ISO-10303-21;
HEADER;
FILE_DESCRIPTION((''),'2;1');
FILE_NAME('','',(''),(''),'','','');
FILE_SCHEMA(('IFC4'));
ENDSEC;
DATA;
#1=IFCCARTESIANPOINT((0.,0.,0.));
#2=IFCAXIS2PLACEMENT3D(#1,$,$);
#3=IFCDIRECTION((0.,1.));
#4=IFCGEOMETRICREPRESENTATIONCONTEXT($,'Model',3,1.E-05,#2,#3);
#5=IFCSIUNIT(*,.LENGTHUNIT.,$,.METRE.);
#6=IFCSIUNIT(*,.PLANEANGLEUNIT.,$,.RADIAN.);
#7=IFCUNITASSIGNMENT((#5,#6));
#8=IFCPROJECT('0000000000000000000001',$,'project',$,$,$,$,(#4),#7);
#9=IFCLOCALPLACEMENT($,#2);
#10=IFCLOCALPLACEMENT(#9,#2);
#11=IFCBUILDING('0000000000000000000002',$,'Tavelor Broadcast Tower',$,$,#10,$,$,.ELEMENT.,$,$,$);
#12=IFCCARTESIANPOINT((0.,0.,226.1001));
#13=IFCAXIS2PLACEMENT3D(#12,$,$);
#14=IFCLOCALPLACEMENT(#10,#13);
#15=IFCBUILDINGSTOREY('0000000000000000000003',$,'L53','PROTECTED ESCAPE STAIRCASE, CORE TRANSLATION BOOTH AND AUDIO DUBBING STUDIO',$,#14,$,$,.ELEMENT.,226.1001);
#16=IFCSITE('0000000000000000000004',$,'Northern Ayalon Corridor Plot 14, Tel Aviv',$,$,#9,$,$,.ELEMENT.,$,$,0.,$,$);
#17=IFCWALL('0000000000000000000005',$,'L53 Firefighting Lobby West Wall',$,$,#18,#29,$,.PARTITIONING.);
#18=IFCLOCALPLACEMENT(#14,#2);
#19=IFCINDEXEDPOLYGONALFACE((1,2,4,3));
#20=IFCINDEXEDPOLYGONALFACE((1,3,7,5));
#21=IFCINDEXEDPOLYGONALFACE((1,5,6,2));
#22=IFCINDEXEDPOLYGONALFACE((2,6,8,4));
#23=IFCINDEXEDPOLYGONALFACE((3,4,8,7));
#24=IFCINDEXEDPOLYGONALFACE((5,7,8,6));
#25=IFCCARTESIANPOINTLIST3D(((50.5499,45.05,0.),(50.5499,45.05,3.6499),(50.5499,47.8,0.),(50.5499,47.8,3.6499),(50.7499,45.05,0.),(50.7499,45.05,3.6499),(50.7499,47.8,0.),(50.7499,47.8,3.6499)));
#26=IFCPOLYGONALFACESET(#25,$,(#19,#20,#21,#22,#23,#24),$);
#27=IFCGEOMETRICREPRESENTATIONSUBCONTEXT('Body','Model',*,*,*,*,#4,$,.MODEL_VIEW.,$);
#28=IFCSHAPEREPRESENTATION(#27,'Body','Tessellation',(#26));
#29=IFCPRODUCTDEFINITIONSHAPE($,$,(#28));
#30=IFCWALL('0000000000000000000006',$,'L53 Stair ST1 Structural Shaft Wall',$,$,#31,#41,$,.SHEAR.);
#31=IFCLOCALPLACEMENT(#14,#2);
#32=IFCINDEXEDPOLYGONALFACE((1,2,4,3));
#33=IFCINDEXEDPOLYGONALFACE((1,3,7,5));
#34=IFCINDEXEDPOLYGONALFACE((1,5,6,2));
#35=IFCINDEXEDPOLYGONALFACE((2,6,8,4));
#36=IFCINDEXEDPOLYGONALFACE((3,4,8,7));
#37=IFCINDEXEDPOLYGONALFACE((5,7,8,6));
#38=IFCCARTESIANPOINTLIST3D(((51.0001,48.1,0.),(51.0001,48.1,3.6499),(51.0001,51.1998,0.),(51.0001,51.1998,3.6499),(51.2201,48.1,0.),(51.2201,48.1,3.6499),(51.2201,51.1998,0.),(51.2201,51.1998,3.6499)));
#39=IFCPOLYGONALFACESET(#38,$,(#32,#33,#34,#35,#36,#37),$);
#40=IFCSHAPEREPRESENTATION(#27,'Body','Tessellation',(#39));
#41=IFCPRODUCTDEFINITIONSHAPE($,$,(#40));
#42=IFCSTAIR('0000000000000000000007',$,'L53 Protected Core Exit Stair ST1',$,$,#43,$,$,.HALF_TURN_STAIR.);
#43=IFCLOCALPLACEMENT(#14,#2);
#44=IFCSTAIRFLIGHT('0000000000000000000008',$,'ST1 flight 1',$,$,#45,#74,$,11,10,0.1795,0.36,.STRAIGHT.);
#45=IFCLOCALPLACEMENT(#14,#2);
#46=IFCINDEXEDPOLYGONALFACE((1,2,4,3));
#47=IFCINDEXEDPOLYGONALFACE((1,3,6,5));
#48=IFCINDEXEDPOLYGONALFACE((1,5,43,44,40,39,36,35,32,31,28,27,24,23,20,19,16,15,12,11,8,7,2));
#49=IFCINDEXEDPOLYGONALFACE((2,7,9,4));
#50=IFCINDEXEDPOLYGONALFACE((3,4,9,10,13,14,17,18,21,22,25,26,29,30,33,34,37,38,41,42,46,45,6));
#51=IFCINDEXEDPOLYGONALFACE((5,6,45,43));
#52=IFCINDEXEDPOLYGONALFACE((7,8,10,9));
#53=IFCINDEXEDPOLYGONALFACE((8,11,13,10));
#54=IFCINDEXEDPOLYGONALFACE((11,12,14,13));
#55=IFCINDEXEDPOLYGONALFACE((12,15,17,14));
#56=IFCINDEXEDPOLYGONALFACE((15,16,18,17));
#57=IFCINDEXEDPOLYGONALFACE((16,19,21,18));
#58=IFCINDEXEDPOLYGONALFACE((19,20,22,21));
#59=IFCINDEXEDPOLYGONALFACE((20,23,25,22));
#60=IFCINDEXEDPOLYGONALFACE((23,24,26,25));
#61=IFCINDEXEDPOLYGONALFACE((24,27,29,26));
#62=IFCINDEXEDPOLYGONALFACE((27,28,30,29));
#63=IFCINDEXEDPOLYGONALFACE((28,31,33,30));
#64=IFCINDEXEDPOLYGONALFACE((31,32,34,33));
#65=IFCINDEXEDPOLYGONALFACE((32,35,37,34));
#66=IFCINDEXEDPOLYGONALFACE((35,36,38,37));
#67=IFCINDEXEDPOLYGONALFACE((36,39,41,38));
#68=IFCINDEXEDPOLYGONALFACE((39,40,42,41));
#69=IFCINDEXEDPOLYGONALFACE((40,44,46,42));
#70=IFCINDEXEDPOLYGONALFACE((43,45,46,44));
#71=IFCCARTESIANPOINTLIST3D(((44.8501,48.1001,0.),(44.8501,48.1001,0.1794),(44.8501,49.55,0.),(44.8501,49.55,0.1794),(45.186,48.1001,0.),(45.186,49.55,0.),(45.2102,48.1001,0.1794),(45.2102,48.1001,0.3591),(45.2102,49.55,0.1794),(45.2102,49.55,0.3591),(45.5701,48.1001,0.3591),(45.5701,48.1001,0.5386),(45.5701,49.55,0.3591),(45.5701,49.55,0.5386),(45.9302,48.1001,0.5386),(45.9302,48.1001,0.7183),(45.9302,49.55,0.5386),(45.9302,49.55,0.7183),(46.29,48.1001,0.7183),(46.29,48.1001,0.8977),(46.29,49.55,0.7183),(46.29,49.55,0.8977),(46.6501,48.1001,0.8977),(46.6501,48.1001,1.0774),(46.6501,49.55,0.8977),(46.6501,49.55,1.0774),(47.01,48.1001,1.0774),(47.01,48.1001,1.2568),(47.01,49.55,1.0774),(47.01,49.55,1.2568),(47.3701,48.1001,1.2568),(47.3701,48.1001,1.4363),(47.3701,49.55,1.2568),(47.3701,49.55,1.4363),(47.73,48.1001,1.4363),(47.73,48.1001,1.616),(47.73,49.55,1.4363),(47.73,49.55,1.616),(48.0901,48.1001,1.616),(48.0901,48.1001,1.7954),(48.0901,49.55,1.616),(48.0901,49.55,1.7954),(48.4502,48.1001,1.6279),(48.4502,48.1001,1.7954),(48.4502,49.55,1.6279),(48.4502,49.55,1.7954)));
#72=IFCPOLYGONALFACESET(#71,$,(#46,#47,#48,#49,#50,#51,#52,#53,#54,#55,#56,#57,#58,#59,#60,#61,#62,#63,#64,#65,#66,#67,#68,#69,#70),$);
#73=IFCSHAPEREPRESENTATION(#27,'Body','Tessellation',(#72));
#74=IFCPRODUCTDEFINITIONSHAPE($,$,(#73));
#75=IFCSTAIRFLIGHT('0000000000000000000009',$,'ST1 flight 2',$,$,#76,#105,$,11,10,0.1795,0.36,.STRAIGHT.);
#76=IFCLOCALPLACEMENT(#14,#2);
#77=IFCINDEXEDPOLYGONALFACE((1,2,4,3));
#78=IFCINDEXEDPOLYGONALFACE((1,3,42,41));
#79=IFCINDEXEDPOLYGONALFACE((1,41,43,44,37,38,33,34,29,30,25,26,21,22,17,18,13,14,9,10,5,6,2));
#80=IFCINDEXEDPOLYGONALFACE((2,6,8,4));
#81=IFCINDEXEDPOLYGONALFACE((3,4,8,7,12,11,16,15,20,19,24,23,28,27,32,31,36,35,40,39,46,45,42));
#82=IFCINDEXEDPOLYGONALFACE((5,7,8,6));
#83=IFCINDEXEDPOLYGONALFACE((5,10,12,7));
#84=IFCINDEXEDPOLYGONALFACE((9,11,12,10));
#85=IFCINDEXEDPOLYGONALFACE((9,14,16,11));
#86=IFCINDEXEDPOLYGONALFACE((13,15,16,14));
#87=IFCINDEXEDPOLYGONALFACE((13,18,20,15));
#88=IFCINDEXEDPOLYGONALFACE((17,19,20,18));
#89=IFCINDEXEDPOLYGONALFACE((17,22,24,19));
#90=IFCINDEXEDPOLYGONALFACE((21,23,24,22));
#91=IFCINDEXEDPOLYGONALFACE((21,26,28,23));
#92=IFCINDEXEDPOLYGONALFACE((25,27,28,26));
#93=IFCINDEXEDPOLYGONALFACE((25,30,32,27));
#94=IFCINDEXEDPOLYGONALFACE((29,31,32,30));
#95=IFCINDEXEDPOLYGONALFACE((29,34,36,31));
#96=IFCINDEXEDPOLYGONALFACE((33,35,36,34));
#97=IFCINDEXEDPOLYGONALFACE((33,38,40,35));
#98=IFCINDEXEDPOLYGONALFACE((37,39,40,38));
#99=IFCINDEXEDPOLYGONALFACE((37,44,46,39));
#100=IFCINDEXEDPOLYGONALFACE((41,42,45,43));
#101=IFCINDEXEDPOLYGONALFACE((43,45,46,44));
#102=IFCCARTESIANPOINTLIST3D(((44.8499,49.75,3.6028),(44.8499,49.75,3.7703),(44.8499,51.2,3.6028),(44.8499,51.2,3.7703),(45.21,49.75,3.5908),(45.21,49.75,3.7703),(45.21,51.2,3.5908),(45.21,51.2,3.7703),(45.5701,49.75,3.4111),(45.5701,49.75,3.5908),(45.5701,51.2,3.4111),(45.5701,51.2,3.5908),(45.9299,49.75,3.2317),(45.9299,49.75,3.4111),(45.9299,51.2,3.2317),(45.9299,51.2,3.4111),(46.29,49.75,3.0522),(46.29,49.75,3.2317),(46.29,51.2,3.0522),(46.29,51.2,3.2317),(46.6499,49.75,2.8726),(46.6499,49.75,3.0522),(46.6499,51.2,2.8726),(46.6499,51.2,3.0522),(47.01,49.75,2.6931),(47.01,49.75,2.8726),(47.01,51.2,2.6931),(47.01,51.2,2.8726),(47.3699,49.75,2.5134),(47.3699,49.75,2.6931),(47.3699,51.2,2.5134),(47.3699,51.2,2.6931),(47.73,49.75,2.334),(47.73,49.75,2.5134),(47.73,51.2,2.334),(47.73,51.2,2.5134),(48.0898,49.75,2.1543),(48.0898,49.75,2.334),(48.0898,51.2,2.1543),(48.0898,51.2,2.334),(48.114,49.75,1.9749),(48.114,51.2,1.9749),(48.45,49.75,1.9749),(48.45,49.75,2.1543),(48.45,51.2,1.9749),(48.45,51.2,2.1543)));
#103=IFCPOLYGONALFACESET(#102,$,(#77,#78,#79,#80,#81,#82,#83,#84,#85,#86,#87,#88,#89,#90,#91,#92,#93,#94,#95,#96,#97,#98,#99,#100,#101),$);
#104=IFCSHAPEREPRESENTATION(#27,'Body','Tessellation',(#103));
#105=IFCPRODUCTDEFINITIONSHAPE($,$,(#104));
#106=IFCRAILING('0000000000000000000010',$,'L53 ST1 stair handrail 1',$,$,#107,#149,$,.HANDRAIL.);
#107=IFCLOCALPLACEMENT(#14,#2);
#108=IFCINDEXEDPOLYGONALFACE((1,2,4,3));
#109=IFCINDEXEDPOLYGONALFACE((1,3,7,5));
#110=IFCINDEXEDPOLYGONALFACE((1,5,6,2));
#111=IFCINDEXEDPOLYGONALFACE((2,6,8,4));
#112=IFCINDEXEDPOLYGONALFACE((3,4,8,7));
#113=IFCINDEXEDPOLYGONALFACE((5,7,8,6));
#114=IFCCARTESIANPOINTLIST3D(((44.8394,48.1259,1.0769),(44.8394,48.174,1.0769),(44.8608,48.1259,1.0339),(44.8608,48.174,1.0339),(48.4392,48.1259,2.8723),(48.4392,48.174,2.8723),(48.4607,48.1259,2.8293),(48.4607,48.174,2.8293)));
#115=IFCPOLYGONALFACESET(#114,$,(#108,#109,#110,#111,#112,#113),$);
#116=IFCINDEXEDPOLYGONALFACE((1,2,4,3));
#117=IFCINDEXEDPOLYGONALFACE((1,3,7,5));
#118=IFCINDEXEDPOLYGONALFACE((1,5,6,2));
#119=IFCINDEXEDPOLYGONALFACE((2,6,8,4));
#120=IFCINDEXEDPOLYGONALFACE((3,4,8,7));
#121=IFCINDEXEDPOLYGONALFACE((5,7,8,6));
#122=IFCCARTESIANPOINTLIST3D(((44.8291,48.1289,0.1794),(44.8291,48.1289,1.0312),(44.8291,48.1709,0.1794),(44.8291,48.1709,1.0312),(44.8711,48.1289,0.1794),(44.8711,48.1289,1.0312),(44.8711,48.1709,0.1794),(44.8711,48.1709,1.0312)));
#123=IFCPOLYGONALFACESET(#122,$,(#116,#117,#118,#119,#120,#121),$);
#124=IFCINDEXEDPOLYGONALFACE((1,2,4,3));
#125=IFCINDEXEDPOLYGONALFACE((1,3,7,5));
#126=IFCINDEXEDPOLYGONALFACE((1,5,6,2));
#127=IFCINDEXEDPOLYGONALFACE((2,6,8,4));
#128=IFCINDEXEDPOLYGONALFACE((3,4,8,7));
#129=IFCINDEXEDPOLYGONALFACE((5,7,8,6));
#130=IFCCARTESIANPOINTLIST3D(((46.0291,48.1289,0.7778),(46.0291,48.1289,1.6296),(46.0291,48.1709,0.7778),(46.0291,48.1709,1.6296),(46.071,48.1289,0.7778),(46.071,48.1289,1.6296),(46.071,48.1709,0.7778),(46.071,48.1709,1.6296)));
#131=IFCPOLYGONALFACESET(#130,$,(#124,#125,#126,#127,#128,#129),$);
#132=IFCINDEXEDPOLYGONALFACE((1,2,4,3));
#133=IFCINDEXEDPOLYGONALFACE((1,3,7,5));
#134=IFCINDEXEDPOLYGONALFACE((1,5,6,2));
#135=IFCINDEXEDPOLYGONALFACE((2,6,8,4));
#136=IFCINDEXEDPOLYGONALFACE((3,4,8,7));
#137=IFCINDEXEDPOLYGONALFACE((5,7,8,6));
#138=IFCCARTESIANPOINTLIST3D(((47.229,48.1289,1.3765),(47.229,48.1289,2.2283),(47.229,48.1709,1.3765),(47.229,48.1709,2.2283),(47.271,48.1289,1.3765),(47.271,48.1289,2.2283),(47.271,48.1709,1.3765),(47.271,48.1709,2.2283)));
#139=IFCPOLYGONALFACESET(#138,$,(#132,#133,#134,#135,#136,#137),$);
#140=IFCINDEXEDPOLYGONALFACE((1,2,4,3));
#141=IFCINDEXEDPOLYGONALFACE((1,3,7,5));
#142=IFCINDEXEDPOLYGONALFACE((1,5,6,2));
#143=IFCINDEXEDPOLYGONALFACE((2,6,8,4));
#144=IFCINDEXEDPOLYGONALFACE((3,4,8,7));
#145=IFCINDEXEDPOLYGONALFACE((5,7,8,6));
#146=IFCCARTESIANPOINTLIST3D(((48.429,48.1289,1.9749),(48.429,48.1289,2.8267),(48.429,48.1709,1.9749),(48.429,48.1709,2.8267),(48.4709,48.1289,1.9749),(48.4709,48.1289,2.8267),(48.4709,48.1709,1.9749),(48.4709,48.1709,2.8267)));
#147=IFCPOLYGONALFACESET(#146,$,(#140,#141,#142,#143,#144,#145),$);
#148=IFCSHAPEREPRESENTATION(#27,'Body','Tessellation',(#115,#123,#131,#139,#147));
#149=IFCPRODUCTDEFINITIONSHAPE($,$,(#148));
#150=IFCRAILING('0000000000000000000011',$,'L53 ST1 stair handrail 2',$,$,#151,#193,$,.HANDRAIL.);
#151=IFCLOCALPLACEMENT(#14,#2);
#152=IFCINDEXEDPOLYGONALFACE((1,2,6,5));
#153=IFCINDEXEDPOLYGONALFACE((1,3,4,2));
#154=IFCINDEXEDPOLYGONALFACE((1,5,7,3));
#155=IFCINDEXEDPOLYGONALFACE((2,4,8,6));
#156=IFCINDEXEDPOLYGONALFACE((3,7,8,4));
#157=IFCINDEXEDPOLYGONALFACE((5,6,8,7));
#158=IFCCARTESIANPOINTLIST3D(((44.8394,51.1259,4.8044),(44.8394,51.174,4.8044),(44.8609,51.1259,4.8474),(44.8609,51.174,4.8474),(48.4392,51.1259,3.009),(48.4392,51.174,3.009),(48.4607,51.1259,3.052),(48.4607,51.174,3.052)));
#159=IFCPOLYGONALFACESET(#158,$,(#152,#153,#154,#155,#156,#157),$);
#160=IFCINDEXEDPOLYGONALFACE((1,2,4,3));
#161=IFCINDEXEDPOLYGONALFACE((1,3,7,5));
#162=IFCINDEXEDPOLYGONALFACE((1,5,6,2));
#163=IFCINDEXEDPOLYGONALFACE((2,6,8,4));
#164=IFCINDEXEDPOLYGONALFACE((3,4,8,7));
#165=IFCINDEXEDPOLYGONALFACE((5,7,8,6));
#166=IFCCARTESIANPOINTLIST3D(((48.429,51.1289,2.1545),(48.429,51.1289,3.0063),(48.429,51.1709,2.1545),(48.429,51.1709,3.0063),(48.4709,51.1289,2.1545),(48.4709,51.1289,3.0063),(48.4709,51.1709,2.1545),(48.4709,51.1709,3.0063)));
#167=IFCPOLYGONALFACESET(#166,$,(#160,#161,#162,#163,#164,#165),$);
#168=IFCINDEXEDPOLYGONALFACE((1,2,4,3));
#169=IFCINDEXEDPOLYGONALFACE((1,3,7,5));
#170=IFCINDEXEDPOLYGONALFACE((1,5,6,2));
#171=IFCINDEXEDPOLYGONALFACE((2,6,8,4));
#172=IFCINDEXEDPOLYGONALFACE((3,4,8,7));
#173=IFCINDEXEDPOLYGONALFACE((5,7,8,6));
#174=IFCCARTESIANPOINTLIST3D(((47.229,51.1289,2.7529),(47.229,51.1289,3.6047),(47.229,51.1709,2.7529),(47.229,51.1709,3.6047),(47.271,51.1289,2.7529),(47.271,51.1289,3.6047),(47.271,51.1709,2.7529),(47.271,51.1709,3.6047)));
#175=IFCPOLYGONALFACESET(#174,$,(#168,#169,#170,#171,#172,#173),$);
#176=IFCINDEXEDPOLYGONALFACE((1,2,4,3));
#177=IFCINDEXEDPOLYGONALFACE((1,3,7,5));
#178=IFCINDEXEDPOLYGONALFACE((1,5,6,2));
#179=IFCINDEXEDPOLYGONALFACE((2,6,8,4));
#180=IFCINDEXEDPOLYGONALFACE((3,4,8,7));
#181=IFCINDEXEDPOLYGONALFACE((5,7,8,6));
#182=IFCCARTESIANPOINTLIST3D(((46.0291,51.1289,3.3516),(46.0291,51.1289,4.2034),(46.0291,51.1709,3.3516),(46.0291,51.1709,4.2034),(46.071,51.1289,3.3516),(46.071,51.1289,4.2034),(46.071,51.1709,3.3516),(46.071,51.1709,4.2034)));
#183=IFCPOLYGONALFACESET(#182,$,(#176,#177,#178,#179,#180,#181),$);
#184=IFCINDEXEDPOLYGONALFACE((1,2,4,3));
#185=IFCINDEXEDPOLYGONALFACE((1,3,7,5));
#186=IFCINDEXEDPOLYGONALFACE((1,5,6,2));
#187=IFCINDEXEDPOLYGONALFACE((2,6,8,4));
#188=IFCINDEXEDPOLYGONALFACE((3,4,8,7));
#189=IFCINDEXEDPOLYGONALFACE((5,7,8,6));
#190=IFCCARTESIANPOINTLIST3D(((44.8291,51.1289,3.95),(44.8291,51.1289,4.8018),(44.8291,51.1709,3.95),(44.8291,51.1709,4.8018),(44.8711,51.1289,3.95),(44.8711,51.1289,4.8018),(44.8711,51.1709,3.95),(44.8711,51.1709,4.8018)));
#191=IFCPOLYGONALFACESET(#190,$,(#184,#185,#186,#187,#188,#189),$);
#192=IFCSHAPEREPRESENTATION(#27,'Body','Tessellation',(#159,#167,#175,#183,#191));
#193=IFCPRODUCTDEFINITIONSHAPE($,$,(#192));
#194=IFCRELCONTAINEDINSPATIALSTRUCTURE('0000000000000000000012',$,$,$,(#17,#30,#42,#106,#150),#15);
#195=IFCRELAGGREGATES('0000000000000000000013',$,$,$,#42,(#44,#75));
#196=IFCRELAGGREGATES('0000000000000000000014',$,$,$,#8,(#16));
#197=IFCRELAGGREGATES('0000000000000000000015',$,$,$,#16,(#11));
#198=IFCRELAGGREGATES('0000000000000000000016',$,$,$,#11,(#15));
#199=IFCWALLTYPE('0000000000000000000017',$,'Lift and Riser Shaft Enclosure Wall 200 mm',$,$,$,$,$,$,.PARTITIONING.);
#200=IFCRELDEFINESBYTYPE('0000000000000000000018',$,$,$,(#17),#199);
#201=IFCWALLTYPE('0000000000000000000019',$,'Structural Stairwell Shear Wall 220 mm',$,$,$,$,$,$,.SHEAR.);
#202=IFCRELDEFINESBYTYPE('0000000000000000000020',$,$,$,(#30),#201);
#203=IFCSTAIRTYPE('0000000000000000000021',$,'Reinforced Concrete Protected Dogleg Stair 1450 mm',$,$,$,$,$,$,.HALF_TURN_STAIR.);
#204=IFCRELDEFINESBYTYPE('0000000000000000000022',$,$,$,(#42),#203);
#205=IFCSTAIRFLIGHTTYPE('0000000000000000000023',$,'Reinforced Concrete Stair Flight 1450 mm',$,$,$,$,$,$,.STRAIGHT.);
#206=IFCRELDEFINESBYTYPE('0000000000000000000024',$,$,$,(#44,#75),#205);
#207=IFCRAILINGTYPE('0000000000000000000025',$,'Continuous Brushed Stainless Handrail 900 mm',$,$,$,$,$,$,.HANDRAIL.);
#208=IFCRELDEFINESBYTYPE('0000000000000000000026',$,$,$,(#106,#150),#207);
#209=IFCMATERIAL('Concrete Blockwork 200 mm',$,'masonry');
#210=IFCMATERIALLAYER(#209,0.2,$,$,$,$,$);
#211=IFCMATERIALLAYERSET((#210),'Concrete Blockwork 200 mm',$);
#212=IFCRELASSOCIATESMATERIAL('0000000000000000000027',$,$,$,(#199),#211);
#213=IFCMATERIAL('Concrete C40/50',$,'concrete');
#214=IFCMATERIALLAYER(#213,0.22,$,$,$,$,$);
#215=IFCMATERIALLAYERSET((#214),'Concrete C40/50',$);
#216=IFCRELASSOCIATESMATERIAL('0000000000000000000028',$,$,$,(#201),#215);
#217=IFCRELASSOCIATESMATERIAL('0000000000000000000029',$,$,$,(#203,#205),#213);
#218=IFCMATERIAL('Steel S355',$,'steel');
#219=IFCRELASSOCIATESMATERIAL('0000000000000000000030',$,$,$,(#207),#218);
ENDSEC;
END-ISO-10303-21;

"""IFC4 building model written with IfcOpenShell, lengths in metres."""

from ifc_helpers import new_model, si_unit, direction, frame, frame_2d, origin, origin_2d, place, context, subcontext, project, spatial, polyline, rectangle, outline, extrude, material, layer, layer_set, type_object, element, aggregate, save


model = new_model("IFC4")

# Units and contexts
model_context = context("Model", 3, precision=1e-05, world=origin(), true_north=direction((0.0, 1.0)))
body_context = subcontext(model_context, "Body", "Model", "MODEL_VIEW")
ifc_project = project(units=[si_unit("LENGTHUNIT", "METRE"), si_unit("PLANEANGLEUNIT", "RADIAN")], contexts=[model_context])

# Site, building, storey
site_placement = place(None, origin())
site = spatial("IfcSite", under=ifc_project, at=site_placement, Name="Northern Ayalon Corridor Plot 14, Tel Aviv", CompositionType="ELEMENT", RefElevation=0.0)
building_placement = place(site_placement, origin())
building = spatial("IfcBuilding", under=site, at=building_placement, Name="Tavelor Broadcast Tower", CompositionType="ELEMENT")
storey_placement = place(building_placement, frame((0.0, 0.0, 226.1001)))
storey = spatial("IfcBuildingStorey", under=building, at=storey_placement, Name="L53", Description="PROTECTED ESCAPE STAIRCASE, CORE TRANSLATION BOOTH AND AUDIO DUBBING STUDIO", CompositionType="ELEMENT", Elevation=226.1001)

# Shared definitions
ifc_material_1 = material(Name="Concrete C40/50", Category="concrete")
ifc_material_2 = material(Name="Steel S355", Category="steel")

# Shared definitions
ifc_material_3 = material(Name="Concrete Blockwork 200 mm", Category="masonry")
ifc_layer_1 = layer(ifc_material_3, 0.2)
ifc_layer_set_1 = layer_set([ifc_layer_1], Name="Concrete Blockwork 200 mm")
wall_type_1 = type_object("IfcWallType", Name="Lift and Riser Shaft Enclosure Wall 200 mm", PredefinedType="PARTITIONING", material=ifc_layer_set_1)

# Walls
wall_1_placement = place(storey_placement, frame((50.6499, 45.05, 0.0), z_axis=(0.0, 0.0, 1.0), x_axis=(0.0, 1.0, 0.0)))
element("IfcWall", 1, at=wall_1_placement, inside=storey, type_object=wall_type_1, Name="L53 Firefighting Lobby West Wall", PredefinedType="PARTITIONING", context=body_context, shape_type="SweptSolid", body=[
    extrude(rectangle(XDim=2.75, YDim=0.2, at=frame_2d((1.375, 0.0))), origin(), (0.0, 0.0, 1.0), 3.6499),
])
ifc_layer_2 = layer(ifc_material_1, 0.22)
ifc_layer_set_2 = layer_set([ifc_layer_2], Name="Concrete C40/50")
wall_type_2 = type_object("IfcWallType", Name="Structural Stairwell Shear Wall 220 mm", PredefinedType="SHEAR", material=ifc_layer_set_2)
wall_2_placement = place(storey_placement, frame((51.1101, 48.1001, 0.0), z_axis=(0.0, 0.0, 1.0), x_axis=(0.0, 1.0, 0.0)))
element("IfcWall", 2, at=wall_2_placement, inside=storey, type_object=wall_type_2, Name="L53 Stair ST1 Structural Shaft Wall", PredefinedType="SHEAR", context=body_context, shape_type="SweptSolid", body=[
    extrude(rectangle(XDim=3.0999, YDim=0.22, at=frame_2d((1.5498, 0.0))), origin(), (0.0, 0.0, 1.0), 3.6499),
])

# Stair, stair flights
stair_type = type_object("IfcStairType", Name="Reinforced Concrete Protected Dogleg Stair 1450 mm", PredefinedType="HALF_TURN_STAIR", material=ifc_material_1)
stair_placement = place(storey_placement, origin())
stair = element("IfcStair", 3, at=stair_placement, inside=storey, type_object=stair_type, Name="L53 Protected Core Exit Stair ST1", PredefinedType="HALF_TURN_STAIR")
stair_flight_type = type_object("IfcStairFlightType", Name="Reinforced Concrete Stair Flight 1450 mm", PredefinedType="STRAIGHT", material=ifc_material_1)
stair_flight_1_placement = place(storey_placement, frame((44.8501, 48.825, 0.0), z_axis=(0.0, 0.0, 1.0), x_axis=(1.0, 0.0, 0.0)))
stair_flight_1 = element("IfcStairFlight", 4, at=stair_flight_1_placement, type_object=stair_flight_type, Name="ST1 flight 1", NumberOfRisers=11, NumberOfTreads=10, PredefinedType="STRAIGHT", RiserHeight=0.1795, TreadLength=0.36, context=body_context, shape_type="SweptSolid", body=[
    extrude(outline(polyline([(0.0, 0.0), (0.0, 0.1794), (0.3601, 0.1794), (0.3601, 0.3591), (0.72, 0.3591), (0.72, 0.5386), (1.0801, 0.5386), (1.0801, 0.7183), (1.4399, 0.7183), (1.4399, 0.8977), (1.8, 0.8977), (1.8, 1.0774), (2.1599, 1.0774), (2.1599, 1.2568), (2.52, 1.2568), (2.52, 1.4363), (2.8799, 1.4363), (2.8799, 1.616), (3.24, 1.616), (3.24, 1.7954), (3.6001, 1.7954), (3.6001, 1.9751), (3.6001, 1.6279), (0.3359, 0.0), (0.0, 0.0)])), frame((0.0, 0.7251, 0.0), z_axis=(0.0, -1.0, 0.0), x_axis=(1.0, 0.0, 0.0)), (0.0, 0.0, 1.0), 1.45),
])
stair_flight_2_placement = place(storey_placement, frame((48.45, 50.4751, 1.9749), z_axis=(0.0, 0.0, 1.0), x_axis=(-1.0, 0.0, 0.0)))
stair_flight_2 = element("IfcStairFlight", 5, at=stair_flight_2_placement, type_object=stair_flight_type, Name="ST1 flight 2", NumberOfRisers=11, NumberOfTreads=10, PredefinedType="STRAIGHT", RiserHeight=0.1795, TreadLength=0.36, context=body_context, shape_type="SweptSolid", body=[
    extrude(outline(polyline([(0.0, 0.0), (0.0, 0.1794), (0.3601, 0.1794), (0.3601, 0.3591), (0.72, 0.3591), (0.72, 0.5386), (1.0801, 0.5386), (1.0801, 0.7183), (1.4399, 0.7183), (1.4399, 0.8977), (1.8, 0.8977), (1.8, 1.0774), (2.1599, 1.0774), (2.1599, 1.2568), (2.52, 1.2568), (2.52, 1.4363), (2.8799, 1.4363), (2.8799, 1.616), (3.24, 1.616), (3.24, 1.7954), (3.6001, 1.7954), (3.6001, 1.9751), (3.6001, 1.6279), (0.3359, 0.0), (0.0, 0.0)])), frame((0.0, 0.7251, 0.0), z_axis=(0.0, -1.0, 0.0), x_axis=(1.0, 0.0, 0.0)), (0.0, 0.0, 1.0), 1.45),
])
aggregate(stair, [stair_flight_1, stair_flight_2])

# Railings
railing_type_1 = type_object("IfcRailingType", Name="Continuous Brushed Stainless Handrail 900 mm", PredefinedType="HANDRAIL", material=ifc_material_2)
railing_1_placement = place(storey_placement, frame((44.8501, 48.1499, 0.1794)))
element("IfcRailing", 6, at=railing_1_placement, inside=storey, type_object=railing_type_1, Name="L53 ST1 stair handrail 1", PredefinedType="HANDRAIL", context=body_context, shape_type="SweptSolid", body=[
    extrude(rectangle(XDim=0.0481, YDim=0.0481, at=origin_2d()), frame((0.0, 0.0, 0.876), z_axis=(0.894876, 0.0, 0.446315), x_axis=(0.0, 1.0, 0.0)), (0.0, 0.0, 1.0), 4.0227),
    extrude(rectangle(XDim=0.042, YDim=0.042, at=origin_2d()), origin(), (0.0, 0.0, 1.0), 0.8518),
    extrude(rectangle(XDim=0.042, YDim=0.042, at=origin_2d()), frame((1.2, 0.0, 0.5984)), (0.0, 0.0, 1.0), 0.8518),
    extrude(rectangle(XDim=0.042, YDim=0.042, at=origin_2d()), frame((2.3999, 0.0, 1.197)), (0.0, 0.0, 1.0), 0.8518),
    extrude(rectangle(XDim=0.042, YDim=0.042, at=origin_2d()), frame((3.5999, 0.0, 1.7954)), (0.0, 0.0, 1.0), 0.8518),
])
railing_2_placement = place(storey_placement, frame((48.45, 51.1499, 2.1545)))
element("IfcRailing", 7, at=railing_2_placement, inside=storey, type_object=railing_type_1, Name="L53 ST1 stair handrail 2", PredefinedType="HANDRAIL", context=body_context, shape_type="SweptSolid", body=[
    extrude(rectangle(XDim=0.0481, YDim=0.0481, at=origin_2d()), frame((0.0, 0.0, 0.876), z_axis=(-0.894876, 0.0, 0.446315), x_axis=(0.0, -1.0, 0.0)), (0.0, 0.0, 1.0), 4.0227),
    extrude(rectangle(XDim=0.042, YDim=0.042, at=origin_2d()), origin(), (0.0, 0.0, 1.0), 0.8518),
    extrude(rectangle(XDim=0.042, YDim=0.042, at=origin_2d()), frame((-1.2, 0.0, 0.5984)), (0.0, 0.0, 1.0), 0.8518),
    extrude(rectangle(XDim=0.042, YDim=0.042, at=origin_2d()), frame((-2.3999, 0.0, 1.197)), (0.0, 0.0, 1.0), 0.8518),
    extrude(rectangle(XDim=0.042, YDim=0.042, at=origin_2d()), frame((-3.5999, 0.0, 1.7954)), (0.0, 0.0, 1.0), 0.8518),
])

save(model, "model.ifc")
